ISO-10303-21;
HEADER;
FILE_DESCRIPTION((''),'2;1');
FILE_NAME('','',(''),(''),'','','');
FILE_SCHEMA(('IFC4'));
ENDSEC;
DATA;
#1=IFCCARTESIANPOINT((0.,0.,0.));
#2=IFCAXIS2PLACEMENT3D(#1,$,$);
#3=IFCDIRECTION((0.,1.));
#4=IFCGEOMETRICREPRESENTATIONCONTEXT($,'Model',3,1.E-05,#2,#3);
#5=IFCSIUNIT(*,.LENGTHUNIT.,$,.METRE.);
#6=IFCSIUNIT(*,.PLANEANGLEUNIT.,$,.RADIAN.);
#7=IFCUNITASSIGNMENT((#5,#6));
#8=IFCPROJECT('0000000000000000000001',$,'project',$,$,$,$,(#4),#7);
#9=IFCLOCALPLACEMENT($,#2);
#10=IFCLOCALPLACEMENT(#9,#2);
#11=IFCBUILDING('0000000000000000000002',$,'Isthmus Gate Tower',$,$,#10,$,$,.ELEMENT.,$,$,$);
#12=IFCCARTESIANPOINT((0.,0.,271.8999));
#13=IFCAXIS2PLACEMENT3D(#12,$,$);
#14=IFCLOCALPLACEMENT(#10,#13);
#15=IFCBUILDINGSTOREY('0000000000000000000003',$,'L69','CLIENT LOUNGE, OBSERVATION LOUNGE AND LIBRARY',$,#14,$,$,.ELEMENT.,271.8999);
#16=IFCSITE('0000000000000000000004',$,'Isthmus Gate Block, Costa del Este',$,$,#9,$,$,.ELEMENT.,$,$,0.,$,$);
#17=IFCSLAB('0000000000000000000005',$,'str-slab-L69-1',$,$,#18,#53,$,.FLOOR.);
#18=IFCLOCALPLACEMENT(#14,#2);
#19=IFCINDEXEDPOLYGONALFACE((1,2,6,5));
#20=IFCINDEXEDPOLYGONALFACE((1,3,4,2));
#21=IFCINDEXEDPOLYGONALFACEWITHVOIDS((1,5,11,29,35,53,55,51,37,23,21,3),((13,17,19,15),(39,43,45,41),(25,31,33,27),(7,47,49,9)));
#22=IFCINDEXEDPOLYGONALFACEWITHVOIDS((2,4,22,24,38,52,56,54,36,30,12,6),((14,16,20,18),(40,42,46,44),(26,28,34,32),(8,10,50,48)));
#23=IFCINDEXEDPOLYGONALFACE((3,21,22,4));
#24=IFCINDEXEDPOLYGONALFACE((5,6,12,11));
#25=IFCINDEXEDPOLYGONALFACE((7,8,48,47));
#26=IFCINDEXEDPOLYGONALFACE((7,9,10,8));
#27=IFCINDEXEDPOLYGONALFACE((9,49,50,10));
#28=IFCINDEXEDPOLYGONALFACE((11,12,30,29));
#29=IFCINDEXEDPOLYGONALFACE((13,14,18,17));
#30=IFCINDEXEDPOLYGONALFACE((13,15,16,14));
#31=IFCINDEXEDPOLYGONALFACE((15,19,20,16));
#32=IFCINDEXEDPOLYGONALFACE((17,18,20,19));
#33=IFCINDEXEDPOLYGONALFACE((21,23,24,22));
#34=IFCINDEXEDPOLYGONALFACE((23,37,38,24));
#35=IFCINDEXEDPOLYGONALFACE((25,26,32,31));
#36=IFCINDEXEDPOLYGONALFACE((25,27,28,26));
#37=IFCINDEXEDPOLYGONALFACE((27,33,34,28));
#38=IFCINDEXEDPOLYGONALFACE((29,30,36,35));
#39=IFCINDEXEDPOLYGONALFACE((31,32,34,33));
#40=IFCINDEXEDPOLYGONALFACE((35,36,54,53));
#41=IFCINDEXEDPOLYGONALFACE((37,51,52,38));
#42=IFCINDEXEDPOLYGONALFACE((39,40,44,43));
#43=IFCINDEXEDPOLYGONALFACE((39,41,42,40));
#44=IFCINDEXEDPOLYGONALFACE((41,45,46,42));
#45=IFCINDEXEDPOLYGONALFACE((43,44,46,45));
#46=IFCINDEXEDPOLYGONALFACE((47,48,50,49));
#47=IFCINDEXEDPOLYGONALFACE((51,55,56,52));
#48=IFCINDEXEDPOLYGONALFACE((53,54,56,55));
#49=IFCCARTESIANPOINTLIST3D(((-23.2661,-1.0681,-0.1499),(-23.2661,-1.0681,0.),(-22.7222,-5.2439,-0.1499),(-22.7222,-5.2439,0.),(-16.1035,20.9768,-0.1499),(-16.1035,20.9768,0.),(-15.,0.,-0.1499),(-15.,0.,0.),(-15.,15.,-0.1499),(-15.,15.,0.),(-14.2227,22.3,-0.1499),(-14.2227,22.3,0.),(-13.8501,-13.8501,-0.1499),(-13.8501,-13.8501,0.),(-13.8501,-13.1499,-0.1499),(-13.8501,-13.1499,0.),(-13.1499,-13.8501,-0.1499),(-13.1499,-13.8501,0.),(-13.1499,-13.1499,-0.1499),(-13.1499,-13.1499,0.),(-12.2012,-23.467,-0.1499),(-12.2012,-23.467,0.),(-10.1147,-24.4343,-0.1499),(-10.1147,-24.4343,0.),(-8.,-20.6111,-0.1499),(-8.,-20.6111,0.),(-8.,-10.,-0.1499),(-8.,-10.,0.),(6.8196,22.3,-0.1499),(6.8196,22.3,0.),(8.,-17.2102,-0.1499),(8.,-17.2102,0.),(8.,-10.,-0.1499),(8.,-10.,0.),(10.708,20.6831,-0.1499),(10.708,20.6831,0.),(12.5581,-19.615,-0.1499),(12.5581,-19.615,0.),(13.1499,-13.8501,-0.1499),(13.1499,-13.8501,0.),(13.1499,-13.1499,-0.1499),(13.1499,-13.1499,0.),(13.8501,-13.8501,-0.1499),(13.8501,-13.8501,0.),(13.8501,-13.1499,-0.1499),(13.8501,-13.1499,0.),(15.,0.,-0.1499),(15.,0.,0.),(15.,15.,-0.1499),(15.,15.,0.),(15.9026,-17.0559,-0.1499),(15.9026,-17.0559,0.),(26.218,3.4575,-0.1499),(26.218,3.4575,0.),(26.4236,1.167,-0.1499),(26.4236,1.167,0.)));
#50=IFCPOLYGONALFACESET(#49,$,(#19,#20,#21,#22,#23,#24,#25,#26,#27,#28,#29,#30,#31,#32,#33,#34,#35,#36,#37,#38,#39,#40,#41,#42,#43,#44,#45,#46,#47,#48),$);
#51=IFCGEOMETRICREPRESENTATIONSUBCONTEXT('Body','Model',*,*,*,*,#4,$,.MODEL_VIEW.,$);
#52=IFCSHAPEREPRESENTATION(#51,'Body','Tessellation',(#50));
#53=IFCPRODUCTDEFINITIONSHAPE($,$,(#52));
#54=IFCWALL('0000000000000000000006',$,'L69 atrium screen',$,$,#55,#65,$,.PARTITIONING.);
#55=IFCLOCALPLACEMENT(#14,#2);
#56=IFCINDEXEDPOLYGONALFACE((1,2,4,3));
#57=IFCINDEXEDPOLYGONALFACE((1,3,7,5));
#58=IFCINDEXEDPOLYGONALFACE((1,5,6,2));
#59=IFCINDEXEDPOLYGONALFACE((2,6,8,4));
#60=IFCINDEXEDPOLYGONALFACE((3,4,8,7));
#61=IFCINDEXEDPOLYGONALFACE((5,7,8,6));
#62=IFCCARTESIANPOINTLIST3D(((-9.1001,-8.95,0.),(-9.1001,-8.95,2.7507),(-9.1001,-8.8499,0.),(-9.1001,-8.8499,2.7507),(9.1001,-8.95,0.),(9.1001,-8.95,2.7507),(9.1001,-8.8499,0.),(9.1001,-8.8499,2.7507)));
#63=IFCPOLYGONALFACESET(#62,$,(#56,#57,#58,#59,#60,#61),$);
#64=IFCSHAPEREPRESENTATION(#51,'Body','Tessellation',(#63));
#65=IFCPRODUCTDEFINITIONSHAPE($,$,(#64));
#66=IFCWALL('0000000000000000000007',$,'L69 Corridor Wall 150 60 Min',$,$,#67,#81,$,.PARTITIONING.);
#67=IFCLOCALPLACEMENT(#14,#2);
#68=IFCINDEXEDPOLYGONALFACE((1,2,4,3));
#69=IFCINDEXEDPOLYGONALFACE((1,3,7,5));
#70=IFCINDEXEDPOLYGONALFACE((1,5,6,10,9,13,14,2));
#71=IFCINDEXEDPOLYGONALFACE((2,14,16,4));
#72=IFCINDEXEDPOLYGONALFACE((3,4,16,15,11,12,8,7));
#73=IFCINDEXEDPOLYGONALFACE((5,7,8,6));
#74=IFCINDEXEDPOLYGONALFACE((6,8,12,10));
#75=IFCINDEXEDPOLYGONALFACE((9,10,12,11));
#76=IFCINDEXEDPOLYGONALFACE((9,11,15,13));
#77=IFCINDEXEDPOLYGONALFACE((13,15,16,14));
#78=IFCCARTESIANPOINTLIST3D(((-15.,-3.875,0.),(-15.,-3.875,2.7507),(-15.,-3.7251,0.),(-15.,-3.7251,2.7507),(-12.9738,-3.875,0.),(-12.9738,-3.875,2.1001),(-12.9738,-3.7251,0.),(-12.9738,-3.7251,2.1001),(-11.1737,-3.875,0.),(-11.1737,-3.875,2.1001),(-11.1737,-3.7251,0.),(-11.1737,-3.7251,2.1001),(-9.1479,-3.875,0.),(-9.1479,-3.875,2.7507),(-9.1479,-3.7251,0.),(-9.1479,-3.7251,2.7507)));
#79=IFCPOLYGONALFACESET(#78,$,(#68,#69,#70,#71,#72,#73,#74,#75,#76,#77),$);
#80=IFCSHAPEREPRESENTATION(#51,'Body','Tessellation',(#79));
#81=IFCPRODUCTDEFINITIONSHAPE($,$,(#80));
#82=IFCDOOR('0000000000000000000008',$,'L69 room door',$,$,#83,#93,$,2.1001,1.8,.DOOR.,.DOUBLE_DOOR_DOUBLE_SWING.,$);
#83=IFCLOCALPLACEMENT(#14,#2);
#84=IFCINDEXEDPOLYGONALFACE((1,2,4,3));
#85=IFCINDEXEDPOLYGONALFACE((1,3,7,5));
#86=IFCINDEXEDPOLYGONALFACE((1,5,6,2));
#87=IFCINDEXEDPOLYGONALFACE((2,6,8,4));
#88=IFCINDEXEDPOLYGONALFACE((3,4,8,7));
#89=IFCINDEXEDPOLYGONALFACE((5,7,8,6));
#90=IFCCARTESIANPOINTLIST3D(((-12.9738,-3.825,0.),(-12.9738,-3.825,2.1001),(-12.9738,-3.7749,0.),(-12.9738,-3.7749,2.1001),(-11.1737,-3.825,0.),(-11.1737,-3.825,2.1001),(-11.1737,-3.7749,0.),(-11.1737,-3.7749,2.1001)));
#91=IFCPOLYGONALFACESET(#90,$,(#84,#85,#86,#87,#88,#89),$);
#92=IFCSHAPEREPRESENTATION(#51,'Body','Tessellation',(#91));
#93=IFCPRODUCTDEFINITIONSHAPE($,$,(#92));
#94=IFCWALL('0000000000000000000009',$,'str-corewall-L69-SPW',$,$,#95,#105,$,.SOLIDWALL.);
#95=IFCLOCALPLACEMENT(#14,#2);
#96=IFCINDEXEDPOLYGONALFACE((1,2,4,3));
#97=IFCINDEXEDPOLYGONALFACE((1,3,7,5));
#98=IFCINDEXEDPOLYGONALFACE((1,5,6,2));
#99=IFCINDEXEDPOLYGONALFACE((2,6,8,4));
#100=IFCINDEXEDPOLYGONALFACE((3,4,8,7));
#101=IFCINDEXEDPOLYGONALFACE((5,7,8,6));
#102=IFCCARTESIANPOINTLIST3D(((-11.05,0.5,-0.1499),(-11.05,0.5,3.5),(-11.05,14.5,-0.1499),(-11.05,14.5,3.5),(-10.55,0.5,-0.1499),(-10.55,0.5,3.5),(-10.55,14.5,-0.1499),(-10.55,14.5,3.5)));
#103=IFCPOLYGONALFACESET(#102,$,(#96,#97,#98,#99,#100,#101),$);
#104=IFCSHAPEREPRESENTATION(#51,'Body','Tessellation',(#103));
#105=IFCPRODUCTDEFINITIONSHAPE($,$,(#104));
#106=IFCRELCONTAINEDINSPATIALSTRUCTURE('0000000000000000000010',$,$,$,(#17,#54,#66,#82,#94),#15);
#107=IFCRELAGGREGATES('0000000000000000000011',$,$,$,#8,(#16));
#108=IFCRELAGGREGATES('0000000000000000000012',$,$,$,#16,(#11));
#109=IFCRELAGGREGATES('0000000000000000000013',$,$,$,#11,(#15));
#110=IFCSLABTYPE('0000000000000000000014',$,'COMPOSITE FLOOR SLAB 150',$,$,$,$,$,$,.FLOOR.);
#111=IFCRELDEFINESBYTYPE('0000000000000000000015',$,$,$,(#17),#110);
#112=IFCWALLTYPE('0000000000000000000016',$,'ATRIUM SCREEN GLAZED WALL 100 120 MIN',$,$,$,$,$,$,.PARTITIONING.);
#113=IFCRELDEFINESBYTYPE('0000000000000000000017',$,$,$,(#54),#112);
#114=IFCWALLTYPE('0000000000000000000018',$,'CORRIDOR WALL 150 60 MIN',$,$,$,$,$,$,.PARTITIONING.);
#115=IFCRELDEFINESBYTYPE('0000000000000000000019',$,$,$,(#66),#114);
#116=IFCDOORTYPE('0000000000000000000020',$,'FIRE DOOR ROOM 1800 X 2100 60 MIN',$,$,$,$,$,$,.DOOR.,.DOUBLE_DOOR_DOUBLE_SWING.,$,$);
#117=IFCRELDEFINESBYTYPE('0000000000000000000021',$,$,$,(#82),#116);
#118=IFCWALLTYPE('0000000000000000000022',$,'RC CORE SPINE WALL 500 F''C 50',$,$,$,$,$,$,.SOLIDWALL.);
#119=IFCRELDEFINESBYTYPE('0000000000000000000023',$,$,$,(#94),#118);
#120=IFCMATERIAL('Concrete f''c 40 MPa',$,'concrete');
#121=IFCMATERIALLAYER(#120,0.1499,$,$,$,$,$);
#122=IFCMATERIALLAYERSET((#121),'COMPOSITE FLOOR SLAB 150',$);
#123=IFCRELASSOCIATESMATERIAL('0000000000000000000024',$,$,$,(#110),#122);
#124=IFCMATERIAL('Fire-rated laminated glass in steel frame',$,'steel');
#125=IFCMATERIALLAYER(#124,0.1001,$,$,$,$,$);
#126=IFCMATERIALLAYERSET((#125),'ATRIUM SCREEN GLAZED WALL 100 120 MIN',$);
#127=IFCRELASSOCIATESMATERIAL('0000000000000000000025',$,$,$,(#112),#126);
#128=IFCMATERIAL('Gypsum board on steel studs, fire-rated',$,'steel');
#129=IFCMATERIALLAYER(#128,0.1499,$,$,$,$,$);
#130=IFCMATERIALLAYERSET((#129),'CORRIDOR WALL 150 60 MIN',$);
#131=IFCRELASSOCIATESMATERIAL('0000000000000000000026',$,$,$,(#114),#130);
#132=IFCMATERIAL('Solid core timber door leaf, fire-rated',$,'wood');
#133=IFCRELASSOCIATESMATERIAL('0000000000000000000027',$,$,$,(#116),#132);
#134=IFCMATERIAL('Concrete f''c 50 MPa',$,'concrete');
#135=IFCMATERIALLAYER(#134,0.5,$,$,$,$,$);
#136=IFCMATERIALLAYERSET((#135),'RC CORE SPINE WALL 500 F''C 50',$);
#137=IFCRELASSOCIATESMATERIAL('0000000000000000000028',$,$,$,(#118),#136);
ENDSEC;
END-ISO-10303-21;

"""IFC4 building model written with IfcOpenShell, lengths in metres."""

from ifc_helpers import new_model, si_unit, direction, frame, frame_2d, origin, place, context, subcontext, project, spatial, polyline, rectangle, outline, extrude, material, layer, layer_set, type_object, element, fill, save


model = new_model("IFC4")

# Units and contexts
model_context = context("Model", 3, precision=1e-05, world=origin(), true_north=direction((0.0, 1.0)))
body_context = subcontext(model_context, "Body", "Model", "MODEL_VIEW")
ifc_project = project(units=[si_unit("LENGTHUNIT", "METRE"), si_unit("PLANEANGLEUNIT", "RADIAN")], contexts=[model_context])

# Site, building, storey
site_placement = place(None, origin())
site = spatial("IfcSite", under=ifc_project, at=site_placement, Name="Isthmus Gate Block, Costa del Este", CompositionType="ELEMENT", RefElevation=0.0)
building_placement = place(site_placement, origin())
building = spatial("IfcBuilding", under=site, at=building_placement, Name="Isthmus Gate Tower", CompositionType="ELEMENT")
storey_placement = place(building_placement, frame((0.0, 0.0, 271.8999)))
storey = spatial("IfcBuildingStorey", under=building, at=storey_placement, Name="L69", Description="CLIENT LOUNGE, OBSERVATION LOUNGE AND LIBRARY", CompositionType="ELEMENT", Elevation=271.8999)

# Slab
ifc_material_1 = material(Name="Concrete f'c 40 MPa", Category="concrete")
ifc_layer_1 = layer(ifc_material_1, 0.1499)
ifc_layer_set_1 = layer_set([ifc_layer_1], Name="COMPOSITE FLOOR SLAB 150")
slab_type = type_object("IfcSlabType", Name="COMPOSITE FLOOR SLAB 150", PredefinedType="FLOOR", material=ifc_layer_set_1)
slab_placement = place(storey_placement, frame((0.0, 0.0, -0.1499)))
element("IfcSlab", 1, at=slab_placement, inside=storey, type_object=slab_type, Name="str-slab-L69-1", PredefinedType="FLOOR", context=body_context, shape_type="SweptSolid", body=[
    extrude(outline(polyline([(10.708, 20.6831), (26.218, 3.4575), (26.4236, 1.167), (15.9026, -17.0559), (12.5581, -19.615), (-10.1147, -24.4343), (-12.2012, -23.467), (-22.7222, -5.2439), (-23.2661, -1.0681), (-16.1035, 20.9768), (-14.2227, 22.3), (6.8196, 22.3), (10.708, 20.6831)]), holes=[polyline([(-8.0, -10.0), (-8.0, -20.6111), (8.0, -17.2102), (8.0, -10.0), (-8.0, -10.0)]), polyline([(-13.8501, -13.1499), (-13.8501, -13.8501), (-13.1499, -13.8501), (-13.1499, -13.1499), (-13.8501, -13.1499)]), polyline([(13.1499, -13.1499), (13.1499, -13.8501), (13.8501, -13.8501), (13.8501, -13.1499), (13.1499, -13.1499)]), polyline([(-15.0, 0.0), (15.0, 0.0), (15.0, 15.0), (-15.0, 15.0), (-15.0, 0.0)])]), origin(), (0.0, 0.0, 1.0), 0.1499),
])

# Wall
ifc_material_2 = material(Name="Fire-rated laminated glass in steel frame", Category="steel")
ifc_layer_2 = layer(ifc_material_2, 0.1001)
ifc_layer_set_2 = layer_set([ifc_layer_2], Name="ATRIUM SCREEN GLAZED WALL 100 120 MIN")
wall_type_1 = type_object("IfcWallType", Name="ATRIUM SCREEN GLAZED WALL 100 120 MIN", PredefinedType="PARTITIONING", material=ifc_layer_set_2)
wall_1_placement = place(storey_placement, frame((-9.1001, -8.8999, 0.0), z_axis=(0.0, 0.0, 1.0), x_axis=(1.0, 0.0, 0.0)))
element("IfcWall", 2, at=wall_1_placement, inside=storey, type_object=wall_type_1, Name="L69 atrium screen", PredefinedType="PARTITIONING", context=body_context, shape_type="SweptSolid", body=[
    extrude(rectangle(XDim=18.2002, YDim=0.1001, at=frame_2d((9.1001, 0.0))), origin(), (0.0, 0.0, 1.0), 2.7507),
])

# Wall, opening, door
ifc_material_3 = material(Name="Gypsum board on steel studs, fire-rated", Category="steel")
ifc_layer_3 = layer(ifc_material_3, 0.1499)
ifc_layer_set_3 = layer_set([ifc_layer_3], Name="CORRIDOR WALL 150 60 MIN")
wall_type_2 = type_object("IfcWallType", Name="CORRIDOR WALL 150 60 MIN", PredefinedType="PARTITIONING", material=ifc_layer_set_3)
wall_2_placement = place(storey_placement, frame((-9.1479, -3.8, 0.0), z_axis=(0.0, 0.0, 1.0), x_axis=(-1.0, 0.0, 0.0)))
wall_2 = element("IfcWall", 3, at=wall_2_placement, inside=storey, type_object=wall_type_2, Name="L69 Corridor Wall 150 60 Min", PredefinedType="PARTITIONING", context=body_context, shape_type="SweptSolid", body=[
    extrude(rectangle(XDim=5.8521, YDim=0.1499, at=frame_2d((2.926, 0.0))), origin(), (0.0, 0.0, 1.0), 2.7507),
])
opening_1_placement = place(wall_2_placement, frame((2.0259, 0.0, 0.0)))
opening_1 = element("IfcOpeningElement", 4, at=opening_1_placement, cuts=wall_2, PredefinedType="OPENING", context=body_context, shape_type="SweptSolid", body=[
    extrude(rectangle(XDim=1.8, YDim=2.1001, at=frame_2d((0.8999, 1.05))), frame((0.0, 0.085, 0.0), z_axis=(0.0, -1.0, 0.0), x_axis=(1.0, 0.0, 0.0)), (0.0, 0.0, 1.0), 0.1699),
])
ifc_material_4 = material(Name="Solid core timber door leaf, fire-rated", Category="wood")
door_type_1 = type_object("IfcDoorType", Name="FIRE DOOR ROOM 1800 X 2100 60 MIN", OperationType="DOUBLE_DOOR_DOUBLE_SWING", PredefinedType="DOOR", material=ifc_material_4)
door_1_placement = place(opening_1_placement, origin())
door_1 = element("IfcDoor", 5, at=door_1_placement, inside=storey, type_object=door_type_1, Name="L69 room door", OperationType="DOUBLE_DOOR_DOUBLE_SWING", OverallHeight=2.1001, OverallWidth=1.8, PredefinedType="DOOR", context=body_context, shape_type="SweptSolid", body=[
    extrude(rectangle(XDim=1.8, YDim=2.1001, at=frame_2d((0.8999, 1.05))), frame((0.0, 0.0249, 0.0), z_axis=(0.0, -1.0, 0.0), x_axis=(1.0, 0.0, 0.0)), (0.0, 0.0, 1.0), 0.05),
])
fill(opening_1, door_1)

# Wall
ifc_material_5 = material(Name="Concrete f'c 50 MPa", Category="concrete")
ifc_layer_4 = layer(ifc_material_5, 0.5)
ifc_layer_set_4 = layer_set([ifc_layer_4], Name="RC CORE SPINE WALL 500 F'C 50")
wall_type_3 = type_object("IfcWallType", Name="RC CORE SPINE WALL 500 F'C 50", PredefinedType="SOLIDWALL", material=ifc_layer_set_4)
wall_3_placement = place(storey_placement, frame((-10.8, 0.5, -0.1499), z_axis=(0.0, 0.0, 1.0), x_axis=(0.0, 1.0, 0.0)))
element("IfcWall", 6, at=wall_3_placement, inside=storey, type_object=wall_type_3, Name="str-corewall-L69-SPW", PredefinedType="SOLIDWALL", context=body_context, shape_type="SweptSolid", body=[
    extrude(rectangle(XDim=14.0, YDim=0.5, at=frame_2d((7.0, 0.0))), origin(), (0.0, 0.0, 1.0), 3.6499),
])

save(model, "model.ifc")
